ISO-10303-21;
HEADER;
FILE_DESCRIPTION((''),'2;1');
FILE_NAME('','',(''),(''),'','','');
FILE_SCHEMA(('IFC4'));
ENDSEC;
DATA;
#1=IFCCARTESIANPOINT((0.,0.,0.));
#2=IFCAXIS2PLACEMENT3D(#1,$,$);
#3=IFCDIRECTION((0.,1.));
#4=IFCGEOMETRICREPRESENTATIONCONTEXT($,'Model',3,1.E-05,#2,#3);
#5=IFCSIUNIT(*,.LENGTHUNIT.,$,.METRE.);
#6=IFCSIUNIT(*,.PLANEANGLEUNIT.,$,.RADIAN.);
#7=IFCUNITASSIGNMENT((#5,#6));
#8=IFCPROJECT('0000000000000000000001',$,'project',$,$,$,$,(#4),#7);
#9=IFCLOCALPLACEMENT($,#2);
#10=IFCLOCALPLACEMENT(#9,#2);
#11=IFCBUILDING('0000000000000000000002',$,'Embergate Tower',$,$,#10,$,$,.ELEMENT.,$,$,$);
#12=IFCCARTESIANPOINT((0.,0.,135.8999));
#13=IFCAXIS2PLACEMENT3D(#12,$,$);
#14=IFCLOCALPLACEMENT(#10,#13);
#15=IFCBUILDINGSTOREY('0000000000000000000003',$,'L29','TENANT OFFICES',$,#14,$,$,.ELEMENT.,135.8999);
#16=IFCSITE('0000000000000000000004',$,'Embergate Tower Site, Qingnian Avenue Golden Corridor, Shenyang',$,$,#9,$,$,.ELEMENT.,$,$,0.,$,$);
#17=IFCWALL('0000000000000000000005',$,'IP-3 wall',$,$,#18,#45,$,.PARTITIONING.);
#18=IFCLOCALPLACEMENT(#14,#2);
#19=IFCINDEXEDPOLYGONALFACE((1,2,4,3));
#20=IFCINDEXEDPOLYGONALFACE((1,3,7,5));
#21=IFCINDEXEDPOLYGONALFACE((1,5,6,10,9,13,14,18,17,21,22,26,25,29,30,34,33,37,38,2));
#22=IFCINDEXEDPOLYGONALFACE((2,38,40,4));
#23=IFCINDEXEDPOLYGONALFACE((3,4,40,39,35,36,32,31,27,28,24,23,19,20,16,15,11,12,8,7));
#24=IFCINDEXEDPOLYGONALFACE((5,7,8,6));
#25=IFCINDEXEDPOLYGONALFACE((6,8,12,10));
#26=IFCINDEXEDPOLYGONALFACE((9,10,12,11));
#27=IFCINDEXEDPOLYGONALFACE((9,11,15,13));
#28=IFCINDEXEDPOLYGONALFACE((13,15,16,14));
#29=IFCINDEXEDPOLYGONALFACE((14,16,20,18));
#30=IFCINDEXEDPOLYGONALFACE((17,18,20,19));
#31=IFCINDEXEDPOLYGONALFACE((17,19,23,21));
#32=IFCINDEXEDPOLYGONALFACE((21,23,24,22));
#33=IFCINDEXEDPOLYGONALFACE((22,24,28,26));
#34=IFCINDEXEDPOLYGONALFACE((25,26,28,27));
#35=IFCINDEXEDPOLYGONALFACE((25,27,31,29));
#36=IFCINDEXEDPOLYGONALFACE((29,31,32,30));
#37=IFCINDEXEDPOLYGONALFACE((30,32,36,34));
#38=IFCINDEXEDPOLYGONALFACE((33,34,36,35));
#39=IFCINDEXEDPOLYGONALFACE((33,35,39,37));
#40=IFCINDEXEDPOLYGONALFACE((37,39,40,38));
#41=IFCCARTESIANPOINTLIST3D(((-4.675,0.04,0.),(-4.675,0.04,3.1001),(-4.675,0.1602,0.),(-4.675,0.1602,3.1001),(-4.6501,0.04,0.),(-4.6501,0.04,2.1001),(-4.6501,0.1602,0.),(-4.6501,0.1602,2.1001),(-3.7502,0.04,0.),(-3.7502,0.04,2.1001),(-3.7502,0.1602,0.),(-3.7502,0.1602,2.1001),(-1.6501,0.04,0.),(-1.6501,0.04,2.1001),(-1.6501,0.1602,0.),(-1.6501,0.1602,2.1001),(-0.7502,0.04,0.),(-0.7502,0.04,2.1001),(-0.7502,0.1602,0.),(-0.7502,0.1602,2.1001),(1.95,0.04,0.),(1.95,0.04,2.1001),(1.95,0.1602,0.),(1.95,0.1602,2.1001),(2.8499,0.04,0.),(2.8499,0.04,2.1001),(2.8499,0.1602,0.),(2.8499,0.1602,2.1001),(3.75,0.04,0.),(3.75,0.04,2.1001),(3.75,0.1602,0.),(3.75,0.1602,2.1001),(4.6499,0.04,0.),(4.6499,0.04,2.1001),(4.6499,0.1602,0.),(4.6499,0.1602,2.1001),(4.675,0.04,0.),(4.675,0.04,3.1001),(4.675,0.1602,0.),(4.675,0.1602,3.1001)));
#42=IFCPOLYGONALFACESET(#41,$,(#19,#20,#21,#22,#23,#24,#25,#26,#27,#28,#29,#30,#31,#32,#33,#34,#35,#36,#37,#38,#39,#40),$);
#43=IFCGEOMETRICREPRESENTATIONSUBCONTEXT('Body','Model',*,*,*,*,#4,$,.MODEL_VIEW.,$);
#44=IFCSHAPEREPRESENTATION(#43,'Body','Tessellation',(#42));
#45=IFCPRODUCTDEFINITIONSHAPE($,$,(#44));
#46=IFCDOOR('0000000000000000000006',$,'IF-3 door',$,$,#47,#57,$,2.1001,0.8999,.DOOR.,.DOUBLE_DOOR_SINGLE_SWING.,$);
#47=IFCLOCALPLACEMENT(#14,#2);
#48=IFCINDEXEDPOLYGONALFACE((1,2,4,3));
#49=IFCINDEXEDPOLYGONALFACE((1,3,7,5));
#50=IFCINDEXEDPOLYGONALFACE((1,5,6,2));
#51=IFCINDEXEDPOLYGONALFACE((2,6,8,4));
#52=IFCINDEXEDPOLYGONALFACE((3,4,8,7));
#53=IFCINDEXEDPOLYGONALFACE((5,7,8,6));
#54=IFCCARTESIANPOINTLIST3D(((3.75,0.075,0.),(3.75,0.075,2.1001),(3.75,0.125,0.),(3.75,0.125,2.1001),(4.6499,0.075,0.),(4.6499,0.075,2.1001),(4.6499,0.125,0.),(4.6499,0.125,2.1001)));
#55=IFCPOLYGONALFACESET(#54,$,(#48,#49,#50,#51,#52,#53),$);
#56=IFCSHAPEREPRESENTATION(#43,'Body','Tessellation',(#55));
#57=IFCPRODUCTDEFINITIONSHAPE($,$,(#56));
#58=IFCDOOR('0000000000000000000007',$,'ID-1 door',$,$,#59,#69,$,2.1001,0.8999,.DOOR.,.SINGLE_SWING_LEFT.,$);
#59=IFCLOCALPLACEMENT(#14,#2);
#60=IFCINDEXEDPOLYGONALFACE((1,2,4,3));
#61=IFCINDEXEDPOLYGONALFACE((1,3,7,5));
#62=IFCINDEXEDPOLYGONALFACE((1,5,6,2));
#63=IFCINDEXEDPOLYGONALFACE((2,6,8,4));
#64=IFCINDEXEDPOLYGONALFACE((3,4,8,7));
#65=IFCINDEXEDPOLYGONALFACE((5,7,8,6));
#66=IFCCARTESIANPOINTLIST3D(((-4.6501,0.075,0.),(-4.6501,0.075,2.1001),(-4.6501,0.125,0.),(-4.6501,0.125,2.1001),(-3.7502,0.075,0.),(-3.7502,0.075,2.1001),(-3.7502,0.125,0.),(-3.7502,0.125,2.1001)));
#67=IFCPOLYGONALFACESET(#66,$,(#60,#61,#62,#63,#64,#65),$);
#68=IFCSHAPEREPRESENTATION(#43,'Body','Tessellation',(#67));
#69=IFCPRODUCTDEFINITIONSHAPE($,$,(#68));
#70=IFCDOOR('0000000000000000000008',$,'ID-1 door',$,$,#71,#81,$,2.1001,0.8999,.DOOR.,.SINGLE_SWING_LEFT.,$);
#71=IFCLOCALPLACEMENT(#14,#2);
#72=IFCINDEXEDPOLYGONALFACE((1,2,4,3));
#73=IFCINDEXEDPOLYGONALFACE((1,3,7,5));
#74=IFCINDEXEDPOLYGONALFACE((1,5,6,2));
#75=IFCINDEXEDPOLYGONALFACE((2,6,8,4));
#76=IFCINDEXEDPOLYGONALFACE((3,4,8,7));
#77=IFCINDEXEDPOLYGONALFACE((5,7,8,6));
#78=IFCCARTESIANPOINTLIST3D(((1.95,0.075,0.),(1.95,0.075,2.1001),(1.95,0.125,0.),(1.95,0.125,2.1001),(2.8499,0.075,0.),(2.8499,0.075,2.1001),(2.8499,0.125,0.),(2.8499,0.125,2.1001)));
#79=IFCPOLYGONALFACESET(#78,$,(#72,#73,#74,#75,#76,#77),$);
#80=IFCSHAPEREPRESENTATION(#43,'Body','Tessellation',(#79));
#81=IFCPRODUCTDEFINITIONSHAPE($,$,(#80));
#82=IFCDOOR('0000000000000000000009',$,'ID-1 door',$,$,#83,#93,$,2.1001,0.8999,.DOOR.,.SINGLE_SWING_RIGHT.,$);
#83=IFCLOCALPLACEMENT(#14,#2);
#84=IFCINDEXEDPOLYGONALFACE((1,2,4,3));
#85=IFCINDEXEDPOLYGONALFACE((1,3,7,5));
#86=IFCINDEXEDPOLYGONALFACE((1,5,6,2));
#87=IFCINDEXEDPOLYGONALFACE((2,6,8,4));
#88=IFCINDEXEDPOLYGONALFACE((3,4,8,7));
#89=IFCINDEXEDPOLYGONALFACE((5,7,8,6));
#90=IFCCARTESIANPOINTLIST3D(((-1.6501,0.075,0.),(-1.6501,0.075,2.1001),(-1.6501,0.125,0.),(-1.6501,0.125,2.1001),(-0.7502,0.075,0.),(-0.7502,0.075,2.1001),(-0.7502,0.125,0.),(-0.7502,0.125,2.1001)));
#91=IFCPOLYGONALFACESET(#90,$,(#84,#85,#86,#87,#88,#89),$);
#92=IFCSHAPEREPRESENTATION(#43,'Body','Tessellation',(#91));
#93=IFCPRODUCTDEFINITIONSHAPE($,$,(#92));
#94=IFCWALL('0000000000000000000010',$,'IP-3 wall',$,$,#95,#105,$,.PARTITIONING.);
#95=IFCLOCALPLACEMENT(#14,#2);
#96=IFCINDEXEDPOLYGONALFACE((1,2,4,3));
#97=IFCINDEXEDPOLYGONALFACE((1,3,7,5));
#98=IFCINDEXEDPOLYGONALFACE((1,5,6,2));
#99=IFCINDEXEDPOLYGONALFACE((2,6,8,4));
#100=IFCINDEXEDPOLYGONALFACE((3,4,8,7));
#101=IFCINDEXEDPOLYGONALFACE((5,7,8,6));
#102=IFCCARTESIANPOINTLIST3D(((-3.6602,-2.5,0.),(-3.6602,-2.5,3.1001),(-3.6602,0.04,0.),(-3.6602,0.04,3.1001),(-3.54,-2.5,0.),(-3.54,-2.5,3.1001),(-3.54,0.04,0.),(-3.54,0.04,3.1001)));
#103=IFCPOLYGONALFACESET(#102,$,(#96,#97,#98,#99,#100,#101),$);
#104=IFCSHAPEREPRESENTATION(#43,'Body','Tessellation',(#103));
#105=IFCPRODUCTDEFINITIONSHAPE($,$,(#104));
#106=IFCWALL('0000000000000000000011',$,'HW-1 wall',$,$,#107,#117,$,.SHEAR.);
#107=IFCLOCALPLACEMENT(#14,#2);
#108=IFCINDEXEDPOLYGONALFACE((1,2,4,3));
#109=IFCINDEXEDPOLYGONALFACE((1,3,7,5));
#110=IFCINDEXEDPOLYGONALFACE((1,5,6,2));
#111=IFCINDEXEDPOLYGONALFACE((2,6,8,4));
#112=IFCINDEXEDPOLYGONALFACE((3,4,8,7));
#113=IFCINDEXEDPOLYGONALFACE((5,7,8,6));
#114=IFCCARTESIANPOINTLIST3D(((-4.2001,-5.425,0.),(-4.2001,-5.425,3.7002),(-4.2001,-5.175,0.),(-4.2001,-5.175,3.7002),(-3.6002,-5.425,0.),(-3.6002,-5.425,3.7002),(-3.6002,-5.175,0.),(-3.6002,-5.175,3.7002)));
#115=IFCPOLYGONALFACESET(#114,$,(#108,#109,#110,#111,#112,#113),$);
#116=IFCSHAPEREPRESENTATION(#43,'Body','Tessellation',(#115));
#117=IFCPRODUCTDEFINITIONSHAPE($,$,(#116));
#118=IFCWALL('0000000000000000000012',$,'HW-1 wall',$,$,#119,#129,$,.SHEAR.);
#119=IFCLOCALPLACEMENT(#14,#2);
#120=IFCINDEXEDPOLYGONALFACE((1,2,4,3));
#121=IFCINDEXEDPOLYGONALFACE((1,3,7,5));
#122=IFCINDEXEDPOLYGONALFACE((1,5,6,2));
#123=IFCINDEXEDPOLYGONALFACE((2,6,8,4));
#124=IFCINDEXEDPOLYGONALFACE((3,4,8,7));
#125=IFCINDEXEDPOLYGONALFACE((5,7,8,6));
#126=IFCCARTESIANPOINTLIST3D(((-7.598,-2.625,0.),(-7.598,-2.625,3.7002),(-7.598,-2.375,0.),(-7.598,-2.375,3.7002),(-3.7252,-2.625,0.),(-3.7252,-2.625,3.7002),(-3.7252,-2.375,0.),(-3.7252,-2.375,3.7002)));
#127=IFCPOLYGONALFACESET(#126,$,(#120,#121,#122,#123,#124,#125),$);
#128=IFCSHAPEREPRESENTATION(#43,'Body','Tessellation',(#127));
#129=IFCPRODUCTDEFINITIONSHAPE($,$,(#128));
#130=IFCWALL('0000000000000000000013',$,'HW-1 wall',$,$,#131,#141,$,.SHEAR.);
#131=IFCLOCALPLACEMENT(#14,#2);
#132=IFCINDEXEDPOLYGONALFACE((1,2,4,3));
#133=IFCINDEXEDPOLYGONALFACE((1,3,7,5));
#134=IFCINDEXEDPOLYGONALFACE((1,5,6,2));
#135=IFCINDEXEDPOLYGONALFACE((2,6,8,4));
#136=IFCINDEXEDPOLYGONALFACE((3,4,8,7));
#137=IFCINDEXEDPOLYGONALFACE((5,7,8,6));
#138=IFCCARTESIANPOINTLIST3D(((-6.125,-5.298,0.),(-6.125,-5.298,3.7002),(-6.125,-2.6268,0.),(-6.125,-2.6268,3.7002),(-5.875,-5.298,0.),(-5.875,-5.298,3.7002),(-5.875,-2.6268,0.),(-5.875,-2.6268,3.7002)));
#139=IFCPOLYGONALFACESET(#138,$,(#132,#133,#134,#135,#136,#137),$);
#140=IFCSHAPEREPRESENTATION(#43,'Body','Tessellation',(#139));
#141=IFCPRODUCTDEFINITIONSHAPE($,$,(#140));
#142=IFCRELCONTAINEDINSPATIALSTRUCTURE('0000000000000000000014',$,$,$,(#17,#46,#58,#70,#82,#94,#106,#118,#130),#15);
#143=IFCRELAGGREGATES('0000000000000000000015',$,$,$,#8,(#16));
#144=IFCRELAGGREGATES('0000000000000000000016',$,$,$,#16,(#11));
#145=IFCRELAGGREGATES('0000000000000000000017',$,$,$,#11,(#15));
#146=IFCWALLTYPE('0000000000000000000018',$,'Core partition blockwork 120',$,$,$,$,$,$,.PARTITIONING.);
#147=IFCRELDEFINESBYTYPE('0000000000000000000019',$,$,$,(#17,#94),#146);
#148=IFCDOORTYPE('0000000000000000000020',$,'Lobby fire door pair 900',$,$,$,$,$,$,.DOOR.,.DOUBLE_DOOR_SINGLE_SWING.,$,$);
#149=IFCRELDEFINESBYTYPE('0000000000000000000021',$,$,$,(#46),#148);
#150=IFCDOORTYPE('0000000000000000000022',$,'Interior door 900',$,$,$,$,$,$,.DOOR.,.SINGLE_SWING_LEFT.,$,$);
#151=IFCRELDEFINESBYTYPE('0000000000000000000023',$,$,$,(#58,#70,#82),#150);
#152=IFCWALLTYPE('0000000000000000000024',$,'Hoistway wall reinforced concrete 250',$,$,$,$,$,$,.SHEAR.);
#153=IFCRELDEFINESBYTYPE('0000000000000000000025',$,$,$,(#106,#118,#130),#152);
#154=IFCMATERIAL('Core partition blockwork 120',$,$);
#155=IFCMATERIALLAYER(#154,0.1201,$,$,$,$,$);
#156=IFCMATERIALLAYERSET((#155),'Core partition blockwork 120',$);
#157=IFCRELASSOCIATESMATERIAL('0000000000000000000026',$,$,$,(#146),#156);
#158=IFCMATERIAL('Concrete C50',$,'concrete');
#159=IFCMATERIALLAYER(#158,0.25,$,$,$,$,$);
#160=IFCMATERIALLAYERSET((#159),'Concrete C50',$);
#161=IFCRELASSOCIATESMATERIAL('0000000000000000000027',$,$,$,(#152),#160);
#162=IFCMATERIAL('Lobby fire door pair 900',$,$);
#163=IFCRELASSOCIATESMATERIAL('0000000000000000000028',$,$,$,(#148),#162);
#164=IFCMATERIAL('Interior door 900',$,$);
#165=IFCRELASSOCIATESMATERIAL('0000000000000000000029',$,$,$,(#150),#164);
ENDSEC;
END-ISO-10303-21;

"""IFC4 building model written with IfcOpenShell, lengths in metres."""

from ifc_helpers import new_model, si_unit, direction, frame, frame_2d, origin, place, context, subcontext, project, spatial, rectangle, extrude, source, transform, mapped, material, layer, layer_set, type_object, element, fill, save


model = new_model("IFC4")

# Units and contexts
model_context = context("Model", 3, precision=1e-05, world=origin(), true_north=direction((0.0, 1.0)))
body_context = subcontext(model_context, "Body", "Model", "MODEL_VIEW")
ifc_project = project(units=[si_unit("LENGTHUNIT", "METRE"), si_unit("PLANEANGLEUNIT", "RADIAN")], contexts=[model_context])

# Site, building, storey
site_placement = place(None, origin())
site = spatial("IfcSite", under=ifc_project, at=site_placement, Name="Embergate Tower Site, Qingnian Avenue Golden Corridor, Shenyang", CompositionType="ELEMENT", RefElevation=0.0)
building_placement = place(site_placement, origin())
building = spatial("IfcBuilding", under=site, at=building_placement, Name="Embergate Tower", CompositionType="ELEMENT")
storey_placement = place(building_placement, frame((0.0, 0.0, 135.8999)))
storey = spatial("IfcBuildingStorey", under=building, at=storey_placement, Name="L29", Description="TENANT OFFICES", CompositionType="ELEMENT", Elevation=135.8999)

# Shared definitions
ifc_material_1 = material(Name="Core partition blockwork 120")
ifc_layer_1 = layer(ifc_material_1, 0.1201)
ifc_layer_set_1 = layer_set([ifc_layer_1], Name="Core partition blockwork 120")
wall_type_1 = type_object("IfcWallType", Name="Core partition blockwork 120", PredefinedType="PARTITIONING", material=ifc_layer_set_1)

# Shared definitions
ifc_material_2 = material(Name="Concrete C50", Category="concrete")
ifc_layer_2 = layer(ifc_material_2, 0.25)
ifc_layer_set_2 = layer_set([ifc_layer_2], Name="Concrete C50")
wall_type_2 = type_object("IfcWallType", Name="Hoistway wall reinforced concrete 250", PredefinedType="SHEAR", material=ifc_layer_set_2)

# Wall, openings, doors
shared_shape_1 = source(origin(), body_context, "Body", "SweptSolid", [
    extrude(rectangle(XDim=9.3501, YDim=0.1201, at=frame_2d((4.675, 0.0))), origin(), (0.0, 0.0, 1.0), 3.1001),
])
wall_1_placement = place(storey_placement, frame((-4.675, 0.1001, 0.0), z_axis=(0.0, 0.0, 1.0), x_axis=(1.0, 0.0, 0.0)))
wall_1 = element("IfcWall", 1, at=wall_1_placement, inside=storey, type_object=wall_type_1, Name="IP-3 wall", PredefinedType="PARTITIONING", context=body_context, shape_type="MappedRepresentation", body=[
    mapped(shared_shape_1, transform((0.0, 0.0, 0.0))),
])
shared_shape_2 = source(origin(), body_context, "Body", "SweptSolid", [
    extrude(rectangle(XDim=0.8999, YDim=2.1001, at=frame_2d((0.45, 1.05))), frame((0.0, 0.0701, 0.0), z_axis=(0.0, -1.0, 0.0), x_axis=(1.0, 0.0, 0.0)), (0.0, 0.0, 1.0), 0.1401),
])
opening_1_placement = place(wall_1_placement, frame((8.425, 0.0, 0.0)))
opening_1 = element("IfcOpeningElement", 2, at=opening_1_placement, cuts=wall_1, PredefinedType="OPENING", context=body_context, shape_type="MappedRepresentation", body=[
    mapped(shared_shape_2, transform((0.0, 0.0, 0.0))),
])
opening_2_placement = place(wall_1_placement, frame((0.0249, 0.0, 0.0)))
opening_2 = element("IfcOpeningElement", 3, at=opening_2_placement, cuts=wall_1, PredefinedType="OPENING", context=body_context, shape_type="MappedRepresentation", body=[
    mapped(shared_shape_2, transform((0.0, 0.0, 0.0))),
])
opening_3_placement = place(wall_1_placement, frame((6.625, 0.0, 0.0)))
opening_3 = element("IfcOpeningElement", 4, at=opening_3_placement, cuts=wall_1, PredefinedType="OPENING", context=body_context, shape_type="MappedRepresentation", body=[
    mapped(shared_shape_2, transform((0.0, 0.0, 0.0))),
])
opening_4_placement = place(wall_1_placement, frame((3.0249, 0.0, 0.0)))
opening_4 = element("IfcOpeningElement", 5, at=opening_4_placement, cuts=wall_1, PredefinedType="OPENING", context=body_context, shape_type="MappedRepresentation", body=[
    mapped(shared_shape_2, transform((0.0, 0.0, 0.0))),
])
ifc_material_3 = material(Name="Lobby fire door pair 900")
door_type_1 = type_object("IfcDoorType", Name="Lobby fire door pair 900", OperationType="DOUBLE_DOOR_SINGLE_SWING", PredefinedType="DOOR", material=ifc_material_3)
shared_shape_3 = source(origin(), body_context, "Body", "SweptSolid", [
    extrude(rectangle(XDim=0.8999, YDim=2.1001, at=frame_2d((0.45, 1.05))), frame((0.0, 0.0249, 0.0), z_axis=(0.0, -1.0, 0.0), x_axis=(1.0, 0.0, 0.0)), (0.0, 0.0, 1.0), 0.05),
])
door_1_placement = place(opening_1_placement, origin())
door_1 = element("IfcDoor", 6, at=door_1_placement, inside=storey, type_object=door_type_1, Name="IF-3 door", OperationType="DOUBLE_DOOR_SINGLE_SWING", OverallHeight=2.1001, OverallWidth=0.8999, PredefinedType="DOOR", context=body_context, shape_type="MappedRepresentation", body=[
    mapped(shared_shape_3, transform((0.0, 0.0, 0.0))),
])
fill(opening_1, door_1)
ifc_material_4 = material(Name="Interior door 900")
door_type_2 = type_object("IfcDoorType", Name="Interior door 900", OperationType="SINGLE_SWING_LEFT", PredefinedType="DOOR", material=ifc_material_4)
door_2_placement = place(opening_2_placement, origin())
door_2 = element("IfcDoor", 7, at=door_2_placement, inside=storey, type_object=door_type_2, Name="ID-1 door", OperationType="SINGLE_SWING_LEFT", OverallHeight=2.1001, OverallWidth=0.8999, PredefinedType="DOOR", context=body_context, shape_type="MappedRepresentation", body=[
    mapped(shared_shape_3, transform((0.0, 0.0, 0.0))),
])
fill(opening_2, door_2)
door_3_placement = place(opening_3_placement, origin())
door_3 = element("IfcDoor", 8, at=door_3_placement, inside=storey, type_object=door_type_2, Name="ID-1 door", OperationType="SINGLE_SWING_LEFT", OverallHeight=2.1001, OverallWidth=0.8999, PredefinedType="DOOR", context=body_context, shape_type="MappedRepresentation", body=[
    mapped(shared_shape_3, transform((0.0, 0.0, 0.0))),
])
fill(opening_3, door_3)
door_4_placement = place(opening_4_placement, origin())
door_4 = element("IfcDoor", 9, at=door_4_placement, inside=storey, type_object=door_type_2, Name="ID-1 door", OperationType="SINGLE_SWING_RIGHT", OverallHeight=2.1001, OverallWidth=0.8999, PredefinedType="DOOR", context=body_context, shape_type="MappedRepresentation", body=[
    mapped(shared_shape_3, transform((0.0, 0.0, 0.0))),
])
fill(opening_4, door_4)

# Walls
shared_shape_4 = source(origin(), body_context, "Body", "SweptSolid", [
    extrude(rectangle(XDim=2.54, YDim=0.1201, at=frame_2d((1.27, 0.0))), origin(), (0.0, 0.0, 1.0), 3.1001),
])
wall_2_placement = place(storey_placement, frame((-3.6001, -2.5, 0.0), z_axis=(0.0, 0.0, 1.0), x_axis=(0.0, 1.0, 0.0)))
element("IfcWall", 10, at=wall_2_placement, inside=storey, type_object=wall_type_1, Name="IP-3 wall", PredefinedType="PARTITIONING", context=body_context, shape_type="MappedRepresentation", body=[
    mapped(shared_shape_4, transform((0.0, 0.0, 0.0))),
])
shared_shape_5 = source(origin(), body_context, "Body", "SweptSolid", [
    extrude(rectangle(XDim=0.5999, YDim=0.25, at=frame_2d((0.2998, 0.0))), origin(), (0.0, 0.0, 1.0), 3.7002),
])
wall_3_placement = place(storey_placement, frame((-4.2, -5.3, 0.0), z_axis=(0.0, 0.0, 1.0), x_axis=(1.0, 0.0, 0.0)))
element("IfcWall", 11, at=wall_3_placement, inside=storey, type_object=wall_type_2, Name="HW-1 wall", PredefinedType="SHEAR", context=body_context, shape_type="MappedRepresentation", body=[
    mapped(shared_shape_5, transform((0.0, 0.0, 0.0))),
])
shared_shape_6 = source(origin(), body_context, "Body", "SweptSolid", [
    extrude(rectangle(XDim=3.8728, YDim=0.25, at=frame_2d((1.9365, 0.0))), origin(), (0.0, 0.0, 1.0), 3.7002),
])
wall_4_placement = place(storey_placement, frame((-3.7251, -2.5, 0.0), z_axis=(0.0, 0.0, 1.0), x_axis=(-1.0, 0.0, 0.0)))
element("IfcWall", 12, at=wall_4_placement, inside=storey, type_object=wall_type_2, Name="HW-1 wall", PredefinedType="SHEAR", context=body_context, shape_type="MappedRepresentation", body=[
    mapped(shared_shape_6, transform((0.0, 0.0, 0.0))),
])
shared_shape_7 = source(origin(), body_context, "Body", "SweptSolid", [
    extrude(rectangle(XDim=2.6711, YDim=0.25, at=frame_2d((1.3354, 0.0))), origin(), (0.0, 0.0, 1.0), 3.7002),
])
wall_5_placement = place(storey_placement, frame((-6.0, -2.627, 0.0), z_axis=(0.0, 0.0, 1.0), x_axis=(0.0, -1.0, 0.0)))
element("IfcWall", 13, at=wall_5_placement, inside=storey, type_object=wall_type_2, Name="HW-1 wall", PredefinedType="SHEAR", context=body_context, shape_type="MappedRepresentation", body=[
    mapped(shared_shape_7, transform((0.0, 0.0, 0.0))),
])

save(model, "model.ifc")
